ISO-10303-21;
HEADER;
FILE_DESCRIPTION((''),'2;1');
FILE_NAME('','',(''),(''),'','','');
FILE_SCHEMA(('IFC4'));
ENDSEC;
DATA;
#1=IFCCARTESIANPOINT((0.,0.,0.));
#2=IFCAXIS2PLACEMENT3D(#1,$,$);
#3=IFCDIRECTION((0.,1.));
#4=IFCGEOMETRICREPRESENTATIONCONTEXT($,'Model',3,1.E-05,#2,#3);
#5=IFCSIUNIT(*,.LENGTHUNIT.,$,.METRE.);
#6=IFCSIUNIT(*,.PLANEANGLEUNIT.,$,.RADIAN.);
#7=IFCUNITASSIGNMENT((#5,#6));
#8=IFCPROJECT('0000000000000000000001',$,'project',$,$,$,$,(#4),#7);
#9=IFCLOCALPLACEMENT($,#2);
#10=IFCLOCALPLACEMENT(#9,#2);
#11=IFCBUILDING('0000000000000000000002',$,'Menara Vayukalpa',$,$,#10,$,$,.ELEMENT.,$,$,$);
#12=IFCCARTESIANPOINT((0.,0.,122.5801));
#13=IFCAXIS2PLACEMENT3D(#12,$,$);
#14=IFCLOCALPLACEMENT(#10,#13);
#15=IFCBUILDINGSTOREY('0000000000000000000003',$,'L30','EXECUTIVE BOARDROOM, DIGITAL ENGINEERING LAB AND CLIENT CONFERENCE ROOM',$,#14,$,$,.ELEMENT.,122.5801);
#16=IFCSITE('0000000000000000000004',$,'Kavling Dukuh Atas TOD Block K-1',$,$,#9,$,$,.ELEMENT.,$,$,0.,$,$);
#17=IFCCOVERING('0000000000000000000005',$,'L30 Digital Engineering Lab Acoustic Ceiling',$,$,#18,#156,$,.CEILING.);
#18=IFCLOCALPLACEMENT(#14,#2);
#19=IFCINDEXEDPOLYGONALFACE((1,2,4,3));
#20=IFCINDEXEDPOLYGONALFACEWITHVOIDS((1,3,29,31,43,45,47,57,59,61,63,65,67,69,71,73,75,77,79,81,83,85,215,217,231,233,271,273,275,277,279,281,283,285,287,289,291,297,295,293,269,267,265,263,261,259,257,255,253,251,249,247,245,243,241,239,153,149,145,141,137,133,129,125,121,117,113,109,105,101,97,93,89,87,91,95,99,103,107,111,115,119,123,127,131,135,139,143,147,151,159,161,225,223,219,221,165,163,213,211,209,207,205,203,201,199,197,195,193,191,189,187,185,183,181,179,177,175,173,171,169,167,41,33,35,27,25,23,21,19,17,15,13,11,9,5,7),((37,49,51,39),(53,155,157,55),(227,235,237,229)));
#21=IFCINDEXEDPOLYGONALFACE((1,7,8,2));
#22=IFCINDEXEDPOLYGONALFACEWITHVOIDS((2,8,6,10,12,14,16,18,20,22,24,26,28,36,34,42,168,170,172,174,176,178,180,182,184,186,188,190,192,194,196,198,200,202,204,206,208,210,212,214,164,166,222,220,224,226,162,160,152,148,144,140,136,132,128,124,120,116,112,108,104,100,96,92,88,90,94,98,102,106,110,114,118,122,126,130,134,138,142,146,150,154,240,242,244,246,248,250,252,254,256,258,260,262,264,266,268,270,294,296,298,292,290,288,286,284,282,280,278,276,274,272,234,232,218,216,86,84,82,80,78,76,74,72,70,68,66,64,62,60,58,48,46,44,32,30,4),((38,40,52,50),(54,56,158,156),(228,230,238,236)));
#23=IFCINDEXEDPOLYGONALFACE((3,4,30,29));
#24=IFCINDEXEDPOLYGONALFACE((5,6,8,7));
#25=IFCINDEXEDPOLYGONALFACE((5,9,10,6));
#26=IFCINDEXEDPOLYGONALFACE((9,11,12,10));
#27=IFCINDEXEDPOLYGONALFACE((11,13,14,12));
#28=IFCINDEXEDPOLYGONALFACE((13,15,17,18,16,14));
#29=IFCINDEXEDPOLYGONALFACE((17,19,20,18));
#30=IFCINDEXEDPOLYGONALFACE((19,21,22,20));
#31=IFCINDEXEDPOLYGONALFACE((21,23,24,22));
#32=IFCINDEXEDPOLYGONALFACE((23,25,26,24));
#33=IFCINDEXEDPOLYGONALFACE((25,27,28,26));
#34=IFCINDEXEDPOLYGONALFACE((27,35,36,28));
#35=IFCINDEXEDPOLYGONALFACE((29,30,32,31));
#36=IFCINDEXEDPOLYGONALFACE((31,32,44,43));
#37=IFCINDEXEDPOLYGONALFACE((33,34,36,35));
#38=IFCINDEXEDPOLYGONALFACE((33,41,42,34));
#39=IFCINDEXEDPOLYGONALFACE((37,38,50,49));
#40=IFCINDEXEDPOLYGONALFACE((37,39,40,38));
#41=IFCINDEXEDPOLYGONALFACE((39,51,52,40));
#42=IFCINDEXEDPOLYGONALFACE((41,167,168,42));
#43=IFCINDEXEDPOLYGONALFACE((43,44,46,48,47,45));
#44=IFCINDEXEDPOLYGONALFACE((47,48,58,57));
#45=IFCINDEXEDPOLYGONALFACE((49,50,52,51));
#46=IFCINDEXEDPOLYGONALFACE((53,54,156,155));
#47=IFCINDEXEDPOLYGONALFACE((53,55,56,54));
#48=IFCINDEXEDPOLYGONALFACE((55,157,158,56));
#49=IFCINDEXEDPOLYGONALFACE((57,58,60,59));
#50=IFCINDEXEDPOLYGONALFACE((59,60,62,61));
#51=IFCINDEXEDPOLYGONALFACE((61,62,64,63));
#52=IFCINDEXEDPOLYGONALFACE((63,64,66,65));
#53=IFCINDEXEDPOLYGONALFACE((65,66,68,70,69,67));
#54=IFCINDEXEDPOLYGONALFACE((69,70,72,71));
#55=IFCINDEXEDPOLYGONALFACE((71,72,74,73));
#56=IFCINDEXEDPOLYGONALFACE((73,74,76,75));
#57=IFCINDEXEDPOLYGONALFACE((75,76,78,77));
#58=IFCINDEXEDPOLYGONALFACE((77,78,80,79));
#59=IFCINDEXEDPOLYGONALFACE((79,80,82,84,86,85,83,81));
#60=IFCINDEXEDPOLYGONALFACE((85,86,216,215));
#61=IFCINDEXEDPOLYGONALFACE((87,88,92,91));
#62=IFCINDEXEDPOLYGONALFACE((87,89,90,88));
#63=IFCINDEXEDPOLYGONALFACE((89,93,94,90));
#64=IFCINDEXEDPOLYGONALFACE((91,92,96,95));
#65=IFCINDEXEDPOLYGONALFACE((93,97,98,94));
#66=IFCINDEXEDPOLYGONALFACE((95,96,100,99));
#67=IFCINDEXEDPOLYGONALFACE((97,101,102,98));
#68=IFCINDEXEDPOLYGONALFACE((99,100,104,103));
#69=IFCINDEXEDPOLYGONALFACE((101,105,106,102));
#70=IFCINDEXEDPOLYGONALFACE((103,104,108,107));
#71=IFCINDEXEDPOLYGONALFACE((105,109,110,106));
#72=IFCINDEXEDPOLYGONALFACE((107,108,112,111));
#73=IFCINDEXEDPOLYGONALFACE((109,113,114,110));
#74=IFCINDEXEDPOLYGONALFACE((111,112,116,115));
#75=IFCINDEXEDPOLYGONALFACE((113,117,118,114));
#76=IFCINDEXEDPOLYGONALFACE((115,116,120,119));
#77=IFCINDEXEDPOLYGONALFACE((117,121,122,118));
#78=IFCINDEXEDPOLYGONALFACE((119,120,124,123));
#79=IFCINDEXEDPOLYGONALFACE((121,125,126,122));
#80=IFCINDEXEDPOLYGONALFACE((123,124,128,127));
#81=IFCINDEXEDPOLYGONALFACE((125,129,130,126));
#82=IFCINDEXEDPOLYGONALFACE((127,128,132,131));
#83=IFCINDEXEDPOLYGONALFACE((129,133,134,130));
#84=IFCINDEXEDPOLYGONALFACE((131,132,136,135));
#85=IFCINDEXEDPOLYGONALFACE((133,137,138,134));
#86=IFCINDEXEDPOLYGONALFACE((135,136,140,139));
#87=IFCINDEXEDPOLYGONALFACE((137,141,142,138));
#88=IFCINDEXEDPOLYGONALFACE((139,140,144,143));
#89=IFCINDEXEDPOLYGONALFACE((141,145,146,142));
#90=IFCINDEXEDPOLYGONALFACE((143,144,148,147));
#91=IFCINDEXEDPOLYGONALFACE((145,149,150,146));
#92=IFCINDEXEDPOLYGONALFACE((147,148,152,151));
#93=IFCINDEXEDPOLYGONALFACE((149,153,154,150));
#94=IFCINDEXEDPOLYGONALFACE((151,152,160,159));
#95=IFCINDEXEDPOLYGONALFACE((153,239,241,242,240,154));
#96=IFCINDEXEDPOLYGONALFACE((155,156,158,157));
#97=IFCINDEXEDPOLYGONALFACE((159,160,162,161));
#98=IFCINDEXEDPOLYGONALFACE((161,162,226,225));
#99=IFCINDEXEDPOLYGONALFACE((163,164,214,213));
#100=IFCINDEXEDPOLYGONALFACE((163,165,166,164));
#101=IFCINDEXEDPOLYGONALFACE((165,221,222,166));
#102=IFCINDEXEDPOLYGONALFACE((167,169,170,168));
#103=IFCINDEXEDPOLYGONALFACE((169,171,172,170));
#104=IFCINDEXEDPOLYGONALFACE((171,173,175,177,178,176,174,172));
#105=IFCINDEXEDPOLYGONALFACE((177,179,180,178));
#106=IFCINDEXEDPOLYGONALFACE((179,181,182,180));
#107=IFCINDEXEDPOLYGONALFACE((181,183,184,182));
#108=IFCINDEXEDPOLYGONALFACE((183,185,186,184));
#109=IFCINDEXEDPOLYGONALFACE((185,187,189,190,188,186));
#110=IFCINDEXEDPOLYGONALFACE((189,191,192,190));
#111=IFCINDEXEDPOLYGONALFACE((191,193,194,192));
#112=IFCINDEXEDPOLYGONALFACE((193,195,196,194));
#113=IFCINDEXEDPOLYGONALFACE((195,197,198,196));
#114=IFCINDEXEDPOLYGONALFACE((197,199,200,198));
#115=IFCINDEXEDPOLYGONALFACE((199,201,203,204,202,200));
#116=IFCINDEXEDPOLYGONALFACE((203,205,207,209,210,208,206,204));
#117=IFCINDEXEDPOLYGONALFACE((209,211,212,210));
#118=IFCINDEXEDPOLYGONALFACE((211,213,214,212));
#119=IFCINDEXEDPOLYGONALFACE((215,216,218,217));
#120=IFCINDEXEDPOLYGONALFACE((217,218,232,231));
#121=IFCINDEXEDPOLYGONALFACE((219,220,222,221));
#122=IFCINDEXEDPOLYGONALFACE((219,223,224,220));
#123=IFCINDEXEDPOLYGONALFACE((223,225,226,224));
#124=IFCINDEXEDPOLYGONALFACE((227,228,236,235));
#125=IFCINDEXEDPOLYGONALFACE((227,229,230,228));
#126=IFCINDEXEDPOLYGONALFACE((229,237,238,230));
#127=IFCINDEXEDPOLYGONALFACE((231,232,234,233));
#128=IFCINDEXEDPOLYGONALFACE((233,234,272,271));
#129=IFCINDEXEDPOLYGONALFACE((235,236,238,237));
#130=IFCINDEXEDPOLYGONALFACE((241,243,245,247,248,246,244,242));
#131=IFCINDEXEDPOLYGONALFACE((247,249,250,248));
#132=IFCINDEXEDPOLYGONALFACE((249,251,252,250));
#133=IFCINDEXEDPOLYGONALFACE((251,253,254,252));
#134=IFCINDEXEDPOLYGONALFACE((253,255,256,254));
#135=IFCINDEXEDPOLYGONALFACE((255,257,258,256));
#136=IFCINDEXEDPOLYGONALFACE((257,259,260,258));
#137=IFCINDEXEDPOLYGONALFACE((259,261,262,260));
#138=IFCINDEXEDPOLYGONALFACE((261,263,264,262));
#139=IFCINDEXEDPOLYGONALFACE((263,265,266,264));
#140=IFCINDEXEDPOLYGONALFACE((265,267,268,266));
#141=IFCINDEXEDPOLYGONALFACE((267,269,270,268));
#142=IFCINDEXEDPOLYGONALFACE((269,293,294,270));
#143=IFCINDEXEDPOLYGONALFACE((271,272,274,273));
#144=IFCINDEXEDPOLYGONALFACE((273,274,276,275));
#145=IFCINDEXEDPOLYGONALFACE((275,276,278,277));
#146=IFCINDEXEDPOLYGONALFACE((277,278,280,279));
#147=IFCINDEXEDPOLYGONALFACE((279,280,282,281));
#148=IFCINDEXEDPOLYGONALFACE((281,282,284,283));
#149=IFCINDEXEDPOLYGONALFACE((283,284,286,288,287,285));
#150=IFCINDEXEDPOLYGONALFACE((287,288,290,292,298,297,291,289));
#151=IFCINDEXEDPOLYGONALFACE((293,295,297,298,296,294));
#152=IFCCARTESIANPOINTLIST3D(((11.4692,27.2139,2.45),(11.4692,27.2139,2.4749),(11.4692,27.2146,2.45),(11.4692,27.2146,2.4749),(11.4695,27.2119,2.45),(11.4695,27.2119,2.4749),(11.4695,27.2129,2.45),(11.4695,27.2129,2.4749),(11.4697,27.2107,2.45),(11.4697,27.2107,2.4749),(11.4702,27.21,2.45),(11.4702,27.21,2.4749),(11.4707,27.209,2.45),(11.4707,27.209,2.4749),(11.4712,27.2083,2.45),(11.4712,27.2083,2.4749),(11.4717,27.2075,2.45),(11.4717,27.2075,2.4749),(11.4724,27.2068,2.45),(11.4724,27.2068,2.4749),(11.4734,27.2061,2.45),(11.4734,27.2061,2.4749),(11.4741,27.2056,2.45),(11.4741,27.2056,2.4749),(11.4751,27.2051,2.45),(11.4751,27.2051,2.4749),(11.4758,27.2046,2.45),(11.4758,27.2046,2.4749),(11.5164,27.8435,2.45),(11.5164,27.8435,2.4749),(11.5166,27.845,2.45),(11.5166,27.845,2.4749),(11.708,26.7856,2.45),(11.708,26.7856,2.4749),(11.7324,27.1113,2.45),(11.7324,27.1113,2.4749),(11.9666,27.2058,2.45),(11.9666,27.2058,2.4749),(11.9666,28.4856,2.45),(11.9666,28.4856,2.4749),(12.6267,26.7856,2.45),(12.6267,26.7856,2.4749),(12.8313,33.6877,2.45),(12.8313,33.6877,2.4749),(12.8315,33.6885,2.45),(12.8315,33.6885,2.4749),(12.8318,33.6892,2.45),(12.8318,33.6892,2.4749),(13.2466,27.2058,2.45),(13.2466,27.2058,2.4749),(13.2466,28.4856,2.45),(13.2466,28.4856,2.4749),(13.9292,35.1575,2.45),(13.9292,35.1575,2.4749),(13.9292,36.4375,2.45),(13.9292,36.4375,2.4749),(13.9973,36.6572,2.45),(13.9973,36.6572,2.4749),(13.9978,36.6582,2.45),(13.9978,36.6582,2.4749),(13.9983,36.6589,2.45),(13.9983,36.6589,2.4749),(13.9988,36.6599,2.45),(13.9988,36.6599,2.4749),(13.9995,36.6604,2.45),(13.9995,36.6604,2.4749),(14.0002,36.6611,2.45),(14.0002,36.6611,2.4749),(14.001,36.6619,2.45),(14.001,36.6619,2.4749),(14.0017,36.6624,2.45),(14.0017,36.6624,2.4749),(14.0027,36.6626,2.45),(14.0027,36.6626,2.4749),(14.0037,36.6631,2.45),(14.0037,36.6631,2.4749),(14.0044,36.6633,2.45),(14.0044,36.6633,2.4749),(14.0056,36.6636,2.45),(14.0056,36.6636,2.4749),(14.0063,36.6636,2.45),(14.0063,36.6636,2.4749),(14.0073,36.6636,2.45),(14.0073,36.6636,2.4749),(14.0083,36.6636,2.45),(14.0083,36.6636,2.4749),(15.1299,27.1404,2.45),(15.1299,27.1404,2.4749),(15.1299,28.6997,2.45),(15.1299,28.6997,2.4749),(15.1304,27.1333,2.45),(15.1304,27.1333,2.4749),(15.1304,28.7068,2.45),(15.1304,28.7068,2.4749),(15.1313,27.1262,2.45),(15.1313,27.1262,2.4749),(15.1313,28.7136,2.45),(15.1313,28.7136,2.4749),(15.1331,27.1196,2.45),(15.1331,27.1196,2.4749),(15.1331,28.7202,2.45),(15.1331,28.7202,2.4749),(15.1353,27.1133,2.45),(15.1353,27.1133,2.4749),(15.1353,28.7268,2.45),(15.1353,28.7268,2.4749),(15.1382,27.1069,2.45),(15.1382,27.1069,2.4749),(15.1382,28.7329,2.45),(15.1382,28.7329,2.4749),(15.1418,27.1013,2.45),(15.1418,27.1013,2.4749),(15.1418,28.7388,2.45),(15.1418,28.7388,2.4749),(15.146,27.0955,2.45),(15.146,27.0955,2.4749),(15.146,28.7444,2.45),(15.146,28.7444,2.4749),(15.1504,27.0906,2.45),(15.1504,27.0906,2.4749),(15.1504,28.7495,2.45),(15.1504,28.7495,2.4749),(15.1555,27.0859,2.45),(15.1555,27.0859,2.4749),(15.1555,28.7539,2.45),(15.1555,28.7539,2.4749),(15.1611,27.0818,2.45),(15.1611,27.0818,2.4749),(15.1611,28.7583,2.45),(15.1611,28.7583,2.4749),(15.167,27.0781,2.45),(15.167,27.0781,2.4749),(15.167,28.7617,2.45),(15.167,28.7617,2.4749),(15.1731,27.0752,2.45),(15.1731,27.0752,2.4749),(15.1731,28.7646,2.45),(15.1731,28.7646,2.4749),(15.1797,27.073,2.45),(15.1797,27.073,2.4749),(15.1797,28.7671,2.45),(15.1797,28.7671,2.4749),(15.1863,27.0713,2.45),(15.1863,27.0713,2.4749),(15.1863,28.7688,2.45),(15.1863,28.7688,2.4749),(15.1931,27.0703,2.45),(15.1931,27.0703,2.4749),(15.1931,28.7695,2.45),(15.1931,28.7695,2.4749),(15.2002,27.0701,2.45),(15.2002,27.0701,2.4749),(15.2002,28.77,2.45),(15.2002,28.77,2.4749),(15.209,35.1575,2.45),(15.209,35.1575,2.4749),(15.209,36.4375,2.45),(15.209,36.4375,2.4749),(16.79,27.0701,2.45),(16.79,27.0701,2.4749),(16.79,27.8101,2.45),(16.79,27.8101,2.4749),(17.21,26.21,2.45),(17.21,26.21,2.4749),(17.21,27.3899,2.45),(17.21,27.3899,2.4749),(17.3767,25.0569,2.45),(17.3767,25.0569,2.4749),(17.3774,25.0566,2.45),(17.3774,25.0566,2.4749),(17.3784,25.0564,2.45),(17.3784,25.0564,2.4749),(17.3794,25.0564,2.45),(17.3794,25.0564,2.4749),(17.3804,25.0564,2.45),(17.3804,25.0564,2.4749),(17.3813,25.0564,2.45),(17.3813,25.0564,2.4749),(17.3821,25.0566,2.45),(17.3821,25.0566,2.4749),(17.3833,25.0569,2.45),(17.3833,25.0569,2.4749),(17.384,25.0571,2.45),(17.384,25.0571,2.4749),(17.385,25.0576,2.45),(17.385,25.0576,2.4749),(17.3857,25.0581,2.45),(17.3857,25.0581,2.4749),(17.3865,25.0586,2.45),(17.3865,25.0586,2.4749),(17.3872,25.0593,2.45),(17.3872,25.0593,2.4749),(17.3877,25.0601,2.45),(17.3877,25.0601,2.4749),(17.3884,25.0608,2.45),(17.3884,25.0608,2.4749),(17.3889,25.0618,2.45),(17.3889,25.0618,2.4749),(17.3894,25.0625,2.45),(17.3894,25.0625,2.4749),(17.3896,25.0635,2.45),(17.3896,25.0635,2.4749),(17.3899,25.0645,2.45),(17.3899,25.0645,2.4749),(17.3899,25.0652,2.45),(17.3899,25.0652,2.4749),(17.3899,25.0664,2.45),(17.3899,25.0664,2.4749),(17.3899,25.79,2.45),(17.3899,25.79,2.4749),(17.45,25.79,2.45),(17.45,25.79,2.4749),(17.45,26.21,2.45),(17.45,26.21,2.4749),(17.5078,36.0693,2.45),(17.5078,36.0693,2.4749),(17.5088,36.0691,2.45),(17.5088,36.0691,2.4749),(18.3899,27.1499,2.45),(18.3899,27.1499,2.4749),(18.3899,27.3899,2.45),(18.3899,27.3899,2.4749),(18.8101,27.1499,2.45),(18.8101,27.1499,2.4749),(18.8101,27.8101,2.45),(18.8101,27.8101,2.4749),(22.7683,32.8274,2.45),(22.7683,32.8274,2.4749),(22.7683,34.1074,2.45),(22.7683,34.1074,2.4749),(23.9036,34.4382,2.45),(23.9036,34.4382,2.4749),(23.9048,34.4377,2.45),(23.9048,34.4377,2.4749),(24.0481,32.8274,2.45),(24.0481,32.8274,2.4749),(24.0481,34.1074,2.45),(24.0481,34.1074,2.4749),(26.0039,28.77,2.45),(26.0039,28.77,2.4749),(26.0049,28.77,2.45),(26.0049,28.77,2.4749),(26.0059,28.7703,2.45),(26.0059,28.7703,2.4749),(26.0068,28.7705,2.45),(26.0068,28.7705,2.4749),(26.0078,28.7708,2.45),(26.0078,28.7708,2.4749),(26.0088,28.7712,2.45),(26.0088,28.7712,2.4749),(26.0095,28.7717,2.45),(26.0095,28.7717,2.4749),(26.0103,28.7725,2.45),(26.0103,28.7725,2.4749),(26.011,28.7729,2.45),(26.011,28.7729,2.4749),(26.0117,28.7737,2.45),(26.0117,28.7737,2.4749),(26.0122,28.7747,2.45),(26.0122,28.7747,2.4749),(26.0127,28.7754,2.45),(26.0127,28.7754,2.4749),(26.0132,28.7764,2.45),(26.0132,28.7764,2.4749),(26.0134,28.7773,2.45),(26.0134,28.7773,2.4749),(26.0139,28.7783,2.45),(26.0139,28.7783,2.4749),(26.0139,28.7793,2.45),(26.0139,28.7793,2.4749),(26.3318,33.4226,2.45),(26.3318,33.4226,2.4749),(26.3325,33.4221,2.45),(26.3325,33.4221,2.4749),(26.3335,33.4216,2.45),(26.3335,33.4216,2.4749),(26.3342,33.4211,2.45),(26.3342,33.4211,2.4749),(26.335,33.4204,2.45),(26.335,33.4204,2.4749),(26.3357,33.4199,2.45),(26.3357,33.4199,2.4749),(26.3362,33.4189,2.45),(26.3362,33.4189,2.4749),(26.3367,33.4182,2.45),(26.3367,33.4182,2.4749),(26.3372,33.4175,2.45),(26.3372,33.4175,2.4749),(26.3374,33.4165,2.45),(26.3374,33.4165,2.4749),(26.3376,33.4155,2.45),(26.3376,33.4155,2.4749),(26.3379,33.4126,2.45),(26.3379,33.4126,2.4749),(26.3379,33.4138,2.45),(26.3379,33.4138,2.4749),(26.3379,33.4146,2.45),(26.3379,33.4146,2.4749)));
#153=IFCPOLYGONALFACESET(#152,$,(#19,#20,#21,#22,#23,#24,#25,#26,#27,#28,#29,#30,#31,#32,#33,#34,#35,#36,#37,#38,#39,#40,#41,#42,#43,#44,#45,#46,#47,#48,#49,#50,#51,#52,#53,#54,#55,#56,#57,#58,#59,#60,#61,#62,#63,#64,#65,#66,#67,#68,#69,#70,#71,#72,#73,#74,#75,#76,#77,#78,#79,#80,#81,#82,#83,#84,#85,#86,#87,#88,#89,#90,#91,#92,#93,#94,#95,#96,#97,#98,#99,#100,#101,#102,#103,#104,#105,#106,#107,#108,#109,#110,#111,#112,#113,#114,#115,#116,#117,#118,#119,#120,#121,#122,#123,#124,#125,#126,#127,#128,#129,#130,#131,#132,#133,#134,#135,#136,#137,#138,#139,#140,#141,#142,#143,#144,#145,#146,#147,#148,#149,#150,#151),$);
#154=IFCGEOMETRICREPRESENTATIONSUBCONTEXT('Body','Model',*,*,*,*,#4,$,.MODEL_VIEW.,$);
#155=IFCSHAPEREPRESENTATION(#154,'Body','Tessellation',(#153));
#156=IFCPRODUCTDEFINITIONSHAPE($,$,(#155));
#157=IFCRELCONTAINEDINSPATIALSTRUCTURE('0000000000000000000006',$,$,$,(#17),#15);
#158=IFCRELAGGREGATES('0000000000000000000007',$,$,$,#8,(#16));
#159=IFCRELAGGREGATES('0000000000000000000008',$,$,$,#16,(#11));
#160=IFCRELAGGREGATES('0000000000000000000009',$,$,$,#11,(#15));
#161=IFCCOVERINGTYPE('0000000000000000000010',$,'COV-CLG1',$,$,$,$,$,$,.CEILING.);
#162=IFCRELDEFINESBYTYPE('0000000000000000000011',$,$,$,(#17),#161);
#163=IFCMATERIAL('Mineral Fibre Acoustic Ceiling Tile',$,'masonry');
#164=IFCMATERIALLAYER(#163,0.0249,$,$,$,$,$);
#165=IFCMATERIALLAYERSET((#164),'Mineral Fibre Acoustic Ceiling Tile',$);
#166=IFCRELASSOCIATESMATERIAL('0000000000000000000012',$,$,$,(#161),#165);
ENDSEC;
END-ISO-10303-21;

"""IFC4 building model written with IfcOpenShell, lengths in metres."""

from ifc_helpers import new_model, si_unit, direction, frame, origin, place, context, subcontext, project, spatial, polyline, outline, extrude, material, layer, layer_set, type_object, element, save


model = new_model("IFC4")

# Units and contexts
model_context = context("Model", 3, precision=1e-05, world=origin(), true_north=direction((0.0, 1.0)))
body_context = subcontext(model_context, "Body", "Model", "MODEL_VIEW")
ifc_project = project(units=[si_unit("LENGTHUNIT", "METRE"), si_unit("PLANEANGLEUNIT", "RADIAN")], contexts=[model_context])

# Site, building, storey
site_placement = place(None, origin())
site = spatial("IfcSite", under=ifc_project, at=site_placement, Name="Kavling Dukuh Atas TOD Block K-1", CompositionType="ELEMENT", RefElevation=0.0)
building_placement = place(site_placement, origin())
building = spatial("IfcBuilding", under=site, at=building_placement, Name="Menara Vayukalpa", CompositionType="ELEMENT")
storey_placement = place(building_placement, frame((0.0, 0.0, 122.5801)))
storey = spatial("IfcBuildingStorey", under=building, at=storey_placement, Name="L30", Description="EXECUTIVE BOARDROOM, DIGITAL ENGINEERING LAB AND CLIENT CONFERENCE ROOM", CompositionType="ELEMENT", Elevation=122.5801)

# Covering
ifc_material_1 = material(Name="Mineral Fibre Acoustic Ceiling Tile", Category="masonry")
ifc_layer_1 = layer(ifc_material_1, 0.0249)
ifc_layer_set_1 = layer_set([ifc_layer_1], Name="Mineral Fibre Acoustic Ceiling Tile")
covering_type_1 = type_object("IfcCoveringType", Name="COV-CLG1", PredefinedType="CEILING", material=ifc_layer_set_1)
covering_1_placement = place(storey_placement, frame((0.0, 0.0, 2.45)))
element("IfcCovering", 1, at=covering_1_placement, inside=storey, type_object=covering_type_1, Name="L30 Digital Engineering Lab Acoustic Ceiling", PredefinedType="CEILING", context=body_context, shape_type="SweptSolid", body=[
    extrude(outline(polyline([(18.8101, 27.1499), (18.3899, 27.1499), (18.3899, 27.3899), (17.21, 27.3899), (17.21, 26.21), (17.45, 26.21), (17.45, 25.79), (17.3899, 25.79), (17.3899, 25.0664), (17.3899, 25.0652), (17.3899, 25.0645), (17.3896, 25.0635), (17.3894, 25.0625), (17.3889, 25.0618), (17.3884, 25.0608), (17.3877, 25.0601), (17.3872, 25.0593), (17.3865, 25.0586), (17.3857, 25.0581), (17.385, 25.0576), (17.384, 25.0571), (17.3833, 25.0569), (17.3821, 25.0566), (17.3813, 25.0564), (17.3804, 25.0564), (17.3794, 25.0564), (17.3784, 25.0564), (17.3774, 25.0566), (17.3767, 25.0569), (12.6267, 26.7856), (11.708, 26.7856), (11.7324, 27.1113), (11.4758, 27.2046), (11.4751, 27.2051), (11.4741, 27.2056), (11.4734, 27.2061), (11.4724, 27.2068), (11.4717, 27.2075), (11.4712, 27.2083), (11.4707, 27.209), (11.4702, 27.21), (11.4697, 27.2107), (11.4695, 27.2119), (11.4695, 27.2129), (11.4692, 27.2139), (11.4692, 27.2146), (11.5164, 27.8435), (11.5166, 27.845), (12.8313, 33.6877), (12.8315, 33.6885), (12.8318, 33.6892), (13.9973, 36.6572), (13.9978, 36.6582), (13.9983, 36.6589), (13.9988, 36.6599), (13.9995, 36.6604), (14.0002, 36.6611), (14.001, 36.6619), (14.0017, 36.6624), (14.0027, 36.6626), (14.0037, 36.6631), (14.0044, 36.6633), (14.0056, 36.6636), (14.0063, 36.6636), (14.0073, 36.6636), (14.0083, 36.6636), (17.5078, 36.0693), (17.5088, 36.0691), (23.9036, 34.4382), (23.9048, 34.4377), (26.3318, 33.4226), (26.3325, 33.4221), (26.3335, 33.4216), (26.3342, 33.4211), (26.335, 33.4204), (26.3357, 33.4199), (26.3362, 33.4189), (26.3367, 33.4182), (26.3372, 33.4175), (26.3374, 33.4165), (26.3376, 33.4155), (26.3379, 33.4146), (26.3379, 33.4138), (26.3379, 33.4126), (26.0139, 28.7793), (26.0139, 28.7783), (26.0134, 28.7773), (26.0132, 28.7764), (26.0127, 28.7754), (26.0122, 28.7747), (26.0117, 28.7737), (26.011, 28.7729), (26.0103, 28.7725), (26.0095, 28.7717), (26.0088, 28.7712), (26.0078, 28.7708), (26.0068, 28.7705), (26.0059, 28.7703), (26.0049, 28.77), (26.0039, 28.77), (15.2002, 28.77), (15.1931, 28.7695), (15.1863, 28.7688), (15.1797, 28.7671), (15.1731, 28.7646), (15.167, 28.7617), (15.1611, 28.7583), (15.1555, 28.7539), (15.1504, 28.7495), (15.146, 28.7444), (15.1418, 28.7388), (15.1382, 28.7329), (15.1353, 28.7268), (15.1331, 28.7202), (15.1313, 28.7136), (15.1304, 28.7068), (15.1299, 28.6997), (15.1299, 27.1404), (15.1304, 27.1333), (15.1313, 27.1262), (15.1331, 27.1196), (15.1353, 27.1133), (15.1382, 27.1069), (15.1418, 27.1013), (15.146, 27.0955), (15.1504, 27.0906), (15.1555, 27.0859), (15.1611, 27.0818), (15.167, 27.0781), (15.1731, 27.0752), (15.1797, 27.073), (15.1863, 27.0713), (15.1931, 27.0703), (15.2002, 27.0701), (16.79, 27.0701), (16.79, 27.8101), (18.8101, 27.8101), (18.8101, 27.1499)]), holes=[polyline([(13.2466, 28.4856), (11.9666, 28.4856), (11.9666, 27.2058), (13.2466, 27.2058), (13.2466, 28.4856)]), polyline([(15.209, 36.4375), (13.9292, 36.4375), (13.9292, 35.1575), (15.209, 35.1575), (15.209, 36.4375)]), polyline([(24.0481, 32.8274), (24.0481, 34.1074), (22.7683, 34.1074), (22.7683, 32.8274), (24.0481, 32.8274)])]), origin(), (0.0, 0.0, 1.0), 0.0249),
])

save(model, "model.ifc")
